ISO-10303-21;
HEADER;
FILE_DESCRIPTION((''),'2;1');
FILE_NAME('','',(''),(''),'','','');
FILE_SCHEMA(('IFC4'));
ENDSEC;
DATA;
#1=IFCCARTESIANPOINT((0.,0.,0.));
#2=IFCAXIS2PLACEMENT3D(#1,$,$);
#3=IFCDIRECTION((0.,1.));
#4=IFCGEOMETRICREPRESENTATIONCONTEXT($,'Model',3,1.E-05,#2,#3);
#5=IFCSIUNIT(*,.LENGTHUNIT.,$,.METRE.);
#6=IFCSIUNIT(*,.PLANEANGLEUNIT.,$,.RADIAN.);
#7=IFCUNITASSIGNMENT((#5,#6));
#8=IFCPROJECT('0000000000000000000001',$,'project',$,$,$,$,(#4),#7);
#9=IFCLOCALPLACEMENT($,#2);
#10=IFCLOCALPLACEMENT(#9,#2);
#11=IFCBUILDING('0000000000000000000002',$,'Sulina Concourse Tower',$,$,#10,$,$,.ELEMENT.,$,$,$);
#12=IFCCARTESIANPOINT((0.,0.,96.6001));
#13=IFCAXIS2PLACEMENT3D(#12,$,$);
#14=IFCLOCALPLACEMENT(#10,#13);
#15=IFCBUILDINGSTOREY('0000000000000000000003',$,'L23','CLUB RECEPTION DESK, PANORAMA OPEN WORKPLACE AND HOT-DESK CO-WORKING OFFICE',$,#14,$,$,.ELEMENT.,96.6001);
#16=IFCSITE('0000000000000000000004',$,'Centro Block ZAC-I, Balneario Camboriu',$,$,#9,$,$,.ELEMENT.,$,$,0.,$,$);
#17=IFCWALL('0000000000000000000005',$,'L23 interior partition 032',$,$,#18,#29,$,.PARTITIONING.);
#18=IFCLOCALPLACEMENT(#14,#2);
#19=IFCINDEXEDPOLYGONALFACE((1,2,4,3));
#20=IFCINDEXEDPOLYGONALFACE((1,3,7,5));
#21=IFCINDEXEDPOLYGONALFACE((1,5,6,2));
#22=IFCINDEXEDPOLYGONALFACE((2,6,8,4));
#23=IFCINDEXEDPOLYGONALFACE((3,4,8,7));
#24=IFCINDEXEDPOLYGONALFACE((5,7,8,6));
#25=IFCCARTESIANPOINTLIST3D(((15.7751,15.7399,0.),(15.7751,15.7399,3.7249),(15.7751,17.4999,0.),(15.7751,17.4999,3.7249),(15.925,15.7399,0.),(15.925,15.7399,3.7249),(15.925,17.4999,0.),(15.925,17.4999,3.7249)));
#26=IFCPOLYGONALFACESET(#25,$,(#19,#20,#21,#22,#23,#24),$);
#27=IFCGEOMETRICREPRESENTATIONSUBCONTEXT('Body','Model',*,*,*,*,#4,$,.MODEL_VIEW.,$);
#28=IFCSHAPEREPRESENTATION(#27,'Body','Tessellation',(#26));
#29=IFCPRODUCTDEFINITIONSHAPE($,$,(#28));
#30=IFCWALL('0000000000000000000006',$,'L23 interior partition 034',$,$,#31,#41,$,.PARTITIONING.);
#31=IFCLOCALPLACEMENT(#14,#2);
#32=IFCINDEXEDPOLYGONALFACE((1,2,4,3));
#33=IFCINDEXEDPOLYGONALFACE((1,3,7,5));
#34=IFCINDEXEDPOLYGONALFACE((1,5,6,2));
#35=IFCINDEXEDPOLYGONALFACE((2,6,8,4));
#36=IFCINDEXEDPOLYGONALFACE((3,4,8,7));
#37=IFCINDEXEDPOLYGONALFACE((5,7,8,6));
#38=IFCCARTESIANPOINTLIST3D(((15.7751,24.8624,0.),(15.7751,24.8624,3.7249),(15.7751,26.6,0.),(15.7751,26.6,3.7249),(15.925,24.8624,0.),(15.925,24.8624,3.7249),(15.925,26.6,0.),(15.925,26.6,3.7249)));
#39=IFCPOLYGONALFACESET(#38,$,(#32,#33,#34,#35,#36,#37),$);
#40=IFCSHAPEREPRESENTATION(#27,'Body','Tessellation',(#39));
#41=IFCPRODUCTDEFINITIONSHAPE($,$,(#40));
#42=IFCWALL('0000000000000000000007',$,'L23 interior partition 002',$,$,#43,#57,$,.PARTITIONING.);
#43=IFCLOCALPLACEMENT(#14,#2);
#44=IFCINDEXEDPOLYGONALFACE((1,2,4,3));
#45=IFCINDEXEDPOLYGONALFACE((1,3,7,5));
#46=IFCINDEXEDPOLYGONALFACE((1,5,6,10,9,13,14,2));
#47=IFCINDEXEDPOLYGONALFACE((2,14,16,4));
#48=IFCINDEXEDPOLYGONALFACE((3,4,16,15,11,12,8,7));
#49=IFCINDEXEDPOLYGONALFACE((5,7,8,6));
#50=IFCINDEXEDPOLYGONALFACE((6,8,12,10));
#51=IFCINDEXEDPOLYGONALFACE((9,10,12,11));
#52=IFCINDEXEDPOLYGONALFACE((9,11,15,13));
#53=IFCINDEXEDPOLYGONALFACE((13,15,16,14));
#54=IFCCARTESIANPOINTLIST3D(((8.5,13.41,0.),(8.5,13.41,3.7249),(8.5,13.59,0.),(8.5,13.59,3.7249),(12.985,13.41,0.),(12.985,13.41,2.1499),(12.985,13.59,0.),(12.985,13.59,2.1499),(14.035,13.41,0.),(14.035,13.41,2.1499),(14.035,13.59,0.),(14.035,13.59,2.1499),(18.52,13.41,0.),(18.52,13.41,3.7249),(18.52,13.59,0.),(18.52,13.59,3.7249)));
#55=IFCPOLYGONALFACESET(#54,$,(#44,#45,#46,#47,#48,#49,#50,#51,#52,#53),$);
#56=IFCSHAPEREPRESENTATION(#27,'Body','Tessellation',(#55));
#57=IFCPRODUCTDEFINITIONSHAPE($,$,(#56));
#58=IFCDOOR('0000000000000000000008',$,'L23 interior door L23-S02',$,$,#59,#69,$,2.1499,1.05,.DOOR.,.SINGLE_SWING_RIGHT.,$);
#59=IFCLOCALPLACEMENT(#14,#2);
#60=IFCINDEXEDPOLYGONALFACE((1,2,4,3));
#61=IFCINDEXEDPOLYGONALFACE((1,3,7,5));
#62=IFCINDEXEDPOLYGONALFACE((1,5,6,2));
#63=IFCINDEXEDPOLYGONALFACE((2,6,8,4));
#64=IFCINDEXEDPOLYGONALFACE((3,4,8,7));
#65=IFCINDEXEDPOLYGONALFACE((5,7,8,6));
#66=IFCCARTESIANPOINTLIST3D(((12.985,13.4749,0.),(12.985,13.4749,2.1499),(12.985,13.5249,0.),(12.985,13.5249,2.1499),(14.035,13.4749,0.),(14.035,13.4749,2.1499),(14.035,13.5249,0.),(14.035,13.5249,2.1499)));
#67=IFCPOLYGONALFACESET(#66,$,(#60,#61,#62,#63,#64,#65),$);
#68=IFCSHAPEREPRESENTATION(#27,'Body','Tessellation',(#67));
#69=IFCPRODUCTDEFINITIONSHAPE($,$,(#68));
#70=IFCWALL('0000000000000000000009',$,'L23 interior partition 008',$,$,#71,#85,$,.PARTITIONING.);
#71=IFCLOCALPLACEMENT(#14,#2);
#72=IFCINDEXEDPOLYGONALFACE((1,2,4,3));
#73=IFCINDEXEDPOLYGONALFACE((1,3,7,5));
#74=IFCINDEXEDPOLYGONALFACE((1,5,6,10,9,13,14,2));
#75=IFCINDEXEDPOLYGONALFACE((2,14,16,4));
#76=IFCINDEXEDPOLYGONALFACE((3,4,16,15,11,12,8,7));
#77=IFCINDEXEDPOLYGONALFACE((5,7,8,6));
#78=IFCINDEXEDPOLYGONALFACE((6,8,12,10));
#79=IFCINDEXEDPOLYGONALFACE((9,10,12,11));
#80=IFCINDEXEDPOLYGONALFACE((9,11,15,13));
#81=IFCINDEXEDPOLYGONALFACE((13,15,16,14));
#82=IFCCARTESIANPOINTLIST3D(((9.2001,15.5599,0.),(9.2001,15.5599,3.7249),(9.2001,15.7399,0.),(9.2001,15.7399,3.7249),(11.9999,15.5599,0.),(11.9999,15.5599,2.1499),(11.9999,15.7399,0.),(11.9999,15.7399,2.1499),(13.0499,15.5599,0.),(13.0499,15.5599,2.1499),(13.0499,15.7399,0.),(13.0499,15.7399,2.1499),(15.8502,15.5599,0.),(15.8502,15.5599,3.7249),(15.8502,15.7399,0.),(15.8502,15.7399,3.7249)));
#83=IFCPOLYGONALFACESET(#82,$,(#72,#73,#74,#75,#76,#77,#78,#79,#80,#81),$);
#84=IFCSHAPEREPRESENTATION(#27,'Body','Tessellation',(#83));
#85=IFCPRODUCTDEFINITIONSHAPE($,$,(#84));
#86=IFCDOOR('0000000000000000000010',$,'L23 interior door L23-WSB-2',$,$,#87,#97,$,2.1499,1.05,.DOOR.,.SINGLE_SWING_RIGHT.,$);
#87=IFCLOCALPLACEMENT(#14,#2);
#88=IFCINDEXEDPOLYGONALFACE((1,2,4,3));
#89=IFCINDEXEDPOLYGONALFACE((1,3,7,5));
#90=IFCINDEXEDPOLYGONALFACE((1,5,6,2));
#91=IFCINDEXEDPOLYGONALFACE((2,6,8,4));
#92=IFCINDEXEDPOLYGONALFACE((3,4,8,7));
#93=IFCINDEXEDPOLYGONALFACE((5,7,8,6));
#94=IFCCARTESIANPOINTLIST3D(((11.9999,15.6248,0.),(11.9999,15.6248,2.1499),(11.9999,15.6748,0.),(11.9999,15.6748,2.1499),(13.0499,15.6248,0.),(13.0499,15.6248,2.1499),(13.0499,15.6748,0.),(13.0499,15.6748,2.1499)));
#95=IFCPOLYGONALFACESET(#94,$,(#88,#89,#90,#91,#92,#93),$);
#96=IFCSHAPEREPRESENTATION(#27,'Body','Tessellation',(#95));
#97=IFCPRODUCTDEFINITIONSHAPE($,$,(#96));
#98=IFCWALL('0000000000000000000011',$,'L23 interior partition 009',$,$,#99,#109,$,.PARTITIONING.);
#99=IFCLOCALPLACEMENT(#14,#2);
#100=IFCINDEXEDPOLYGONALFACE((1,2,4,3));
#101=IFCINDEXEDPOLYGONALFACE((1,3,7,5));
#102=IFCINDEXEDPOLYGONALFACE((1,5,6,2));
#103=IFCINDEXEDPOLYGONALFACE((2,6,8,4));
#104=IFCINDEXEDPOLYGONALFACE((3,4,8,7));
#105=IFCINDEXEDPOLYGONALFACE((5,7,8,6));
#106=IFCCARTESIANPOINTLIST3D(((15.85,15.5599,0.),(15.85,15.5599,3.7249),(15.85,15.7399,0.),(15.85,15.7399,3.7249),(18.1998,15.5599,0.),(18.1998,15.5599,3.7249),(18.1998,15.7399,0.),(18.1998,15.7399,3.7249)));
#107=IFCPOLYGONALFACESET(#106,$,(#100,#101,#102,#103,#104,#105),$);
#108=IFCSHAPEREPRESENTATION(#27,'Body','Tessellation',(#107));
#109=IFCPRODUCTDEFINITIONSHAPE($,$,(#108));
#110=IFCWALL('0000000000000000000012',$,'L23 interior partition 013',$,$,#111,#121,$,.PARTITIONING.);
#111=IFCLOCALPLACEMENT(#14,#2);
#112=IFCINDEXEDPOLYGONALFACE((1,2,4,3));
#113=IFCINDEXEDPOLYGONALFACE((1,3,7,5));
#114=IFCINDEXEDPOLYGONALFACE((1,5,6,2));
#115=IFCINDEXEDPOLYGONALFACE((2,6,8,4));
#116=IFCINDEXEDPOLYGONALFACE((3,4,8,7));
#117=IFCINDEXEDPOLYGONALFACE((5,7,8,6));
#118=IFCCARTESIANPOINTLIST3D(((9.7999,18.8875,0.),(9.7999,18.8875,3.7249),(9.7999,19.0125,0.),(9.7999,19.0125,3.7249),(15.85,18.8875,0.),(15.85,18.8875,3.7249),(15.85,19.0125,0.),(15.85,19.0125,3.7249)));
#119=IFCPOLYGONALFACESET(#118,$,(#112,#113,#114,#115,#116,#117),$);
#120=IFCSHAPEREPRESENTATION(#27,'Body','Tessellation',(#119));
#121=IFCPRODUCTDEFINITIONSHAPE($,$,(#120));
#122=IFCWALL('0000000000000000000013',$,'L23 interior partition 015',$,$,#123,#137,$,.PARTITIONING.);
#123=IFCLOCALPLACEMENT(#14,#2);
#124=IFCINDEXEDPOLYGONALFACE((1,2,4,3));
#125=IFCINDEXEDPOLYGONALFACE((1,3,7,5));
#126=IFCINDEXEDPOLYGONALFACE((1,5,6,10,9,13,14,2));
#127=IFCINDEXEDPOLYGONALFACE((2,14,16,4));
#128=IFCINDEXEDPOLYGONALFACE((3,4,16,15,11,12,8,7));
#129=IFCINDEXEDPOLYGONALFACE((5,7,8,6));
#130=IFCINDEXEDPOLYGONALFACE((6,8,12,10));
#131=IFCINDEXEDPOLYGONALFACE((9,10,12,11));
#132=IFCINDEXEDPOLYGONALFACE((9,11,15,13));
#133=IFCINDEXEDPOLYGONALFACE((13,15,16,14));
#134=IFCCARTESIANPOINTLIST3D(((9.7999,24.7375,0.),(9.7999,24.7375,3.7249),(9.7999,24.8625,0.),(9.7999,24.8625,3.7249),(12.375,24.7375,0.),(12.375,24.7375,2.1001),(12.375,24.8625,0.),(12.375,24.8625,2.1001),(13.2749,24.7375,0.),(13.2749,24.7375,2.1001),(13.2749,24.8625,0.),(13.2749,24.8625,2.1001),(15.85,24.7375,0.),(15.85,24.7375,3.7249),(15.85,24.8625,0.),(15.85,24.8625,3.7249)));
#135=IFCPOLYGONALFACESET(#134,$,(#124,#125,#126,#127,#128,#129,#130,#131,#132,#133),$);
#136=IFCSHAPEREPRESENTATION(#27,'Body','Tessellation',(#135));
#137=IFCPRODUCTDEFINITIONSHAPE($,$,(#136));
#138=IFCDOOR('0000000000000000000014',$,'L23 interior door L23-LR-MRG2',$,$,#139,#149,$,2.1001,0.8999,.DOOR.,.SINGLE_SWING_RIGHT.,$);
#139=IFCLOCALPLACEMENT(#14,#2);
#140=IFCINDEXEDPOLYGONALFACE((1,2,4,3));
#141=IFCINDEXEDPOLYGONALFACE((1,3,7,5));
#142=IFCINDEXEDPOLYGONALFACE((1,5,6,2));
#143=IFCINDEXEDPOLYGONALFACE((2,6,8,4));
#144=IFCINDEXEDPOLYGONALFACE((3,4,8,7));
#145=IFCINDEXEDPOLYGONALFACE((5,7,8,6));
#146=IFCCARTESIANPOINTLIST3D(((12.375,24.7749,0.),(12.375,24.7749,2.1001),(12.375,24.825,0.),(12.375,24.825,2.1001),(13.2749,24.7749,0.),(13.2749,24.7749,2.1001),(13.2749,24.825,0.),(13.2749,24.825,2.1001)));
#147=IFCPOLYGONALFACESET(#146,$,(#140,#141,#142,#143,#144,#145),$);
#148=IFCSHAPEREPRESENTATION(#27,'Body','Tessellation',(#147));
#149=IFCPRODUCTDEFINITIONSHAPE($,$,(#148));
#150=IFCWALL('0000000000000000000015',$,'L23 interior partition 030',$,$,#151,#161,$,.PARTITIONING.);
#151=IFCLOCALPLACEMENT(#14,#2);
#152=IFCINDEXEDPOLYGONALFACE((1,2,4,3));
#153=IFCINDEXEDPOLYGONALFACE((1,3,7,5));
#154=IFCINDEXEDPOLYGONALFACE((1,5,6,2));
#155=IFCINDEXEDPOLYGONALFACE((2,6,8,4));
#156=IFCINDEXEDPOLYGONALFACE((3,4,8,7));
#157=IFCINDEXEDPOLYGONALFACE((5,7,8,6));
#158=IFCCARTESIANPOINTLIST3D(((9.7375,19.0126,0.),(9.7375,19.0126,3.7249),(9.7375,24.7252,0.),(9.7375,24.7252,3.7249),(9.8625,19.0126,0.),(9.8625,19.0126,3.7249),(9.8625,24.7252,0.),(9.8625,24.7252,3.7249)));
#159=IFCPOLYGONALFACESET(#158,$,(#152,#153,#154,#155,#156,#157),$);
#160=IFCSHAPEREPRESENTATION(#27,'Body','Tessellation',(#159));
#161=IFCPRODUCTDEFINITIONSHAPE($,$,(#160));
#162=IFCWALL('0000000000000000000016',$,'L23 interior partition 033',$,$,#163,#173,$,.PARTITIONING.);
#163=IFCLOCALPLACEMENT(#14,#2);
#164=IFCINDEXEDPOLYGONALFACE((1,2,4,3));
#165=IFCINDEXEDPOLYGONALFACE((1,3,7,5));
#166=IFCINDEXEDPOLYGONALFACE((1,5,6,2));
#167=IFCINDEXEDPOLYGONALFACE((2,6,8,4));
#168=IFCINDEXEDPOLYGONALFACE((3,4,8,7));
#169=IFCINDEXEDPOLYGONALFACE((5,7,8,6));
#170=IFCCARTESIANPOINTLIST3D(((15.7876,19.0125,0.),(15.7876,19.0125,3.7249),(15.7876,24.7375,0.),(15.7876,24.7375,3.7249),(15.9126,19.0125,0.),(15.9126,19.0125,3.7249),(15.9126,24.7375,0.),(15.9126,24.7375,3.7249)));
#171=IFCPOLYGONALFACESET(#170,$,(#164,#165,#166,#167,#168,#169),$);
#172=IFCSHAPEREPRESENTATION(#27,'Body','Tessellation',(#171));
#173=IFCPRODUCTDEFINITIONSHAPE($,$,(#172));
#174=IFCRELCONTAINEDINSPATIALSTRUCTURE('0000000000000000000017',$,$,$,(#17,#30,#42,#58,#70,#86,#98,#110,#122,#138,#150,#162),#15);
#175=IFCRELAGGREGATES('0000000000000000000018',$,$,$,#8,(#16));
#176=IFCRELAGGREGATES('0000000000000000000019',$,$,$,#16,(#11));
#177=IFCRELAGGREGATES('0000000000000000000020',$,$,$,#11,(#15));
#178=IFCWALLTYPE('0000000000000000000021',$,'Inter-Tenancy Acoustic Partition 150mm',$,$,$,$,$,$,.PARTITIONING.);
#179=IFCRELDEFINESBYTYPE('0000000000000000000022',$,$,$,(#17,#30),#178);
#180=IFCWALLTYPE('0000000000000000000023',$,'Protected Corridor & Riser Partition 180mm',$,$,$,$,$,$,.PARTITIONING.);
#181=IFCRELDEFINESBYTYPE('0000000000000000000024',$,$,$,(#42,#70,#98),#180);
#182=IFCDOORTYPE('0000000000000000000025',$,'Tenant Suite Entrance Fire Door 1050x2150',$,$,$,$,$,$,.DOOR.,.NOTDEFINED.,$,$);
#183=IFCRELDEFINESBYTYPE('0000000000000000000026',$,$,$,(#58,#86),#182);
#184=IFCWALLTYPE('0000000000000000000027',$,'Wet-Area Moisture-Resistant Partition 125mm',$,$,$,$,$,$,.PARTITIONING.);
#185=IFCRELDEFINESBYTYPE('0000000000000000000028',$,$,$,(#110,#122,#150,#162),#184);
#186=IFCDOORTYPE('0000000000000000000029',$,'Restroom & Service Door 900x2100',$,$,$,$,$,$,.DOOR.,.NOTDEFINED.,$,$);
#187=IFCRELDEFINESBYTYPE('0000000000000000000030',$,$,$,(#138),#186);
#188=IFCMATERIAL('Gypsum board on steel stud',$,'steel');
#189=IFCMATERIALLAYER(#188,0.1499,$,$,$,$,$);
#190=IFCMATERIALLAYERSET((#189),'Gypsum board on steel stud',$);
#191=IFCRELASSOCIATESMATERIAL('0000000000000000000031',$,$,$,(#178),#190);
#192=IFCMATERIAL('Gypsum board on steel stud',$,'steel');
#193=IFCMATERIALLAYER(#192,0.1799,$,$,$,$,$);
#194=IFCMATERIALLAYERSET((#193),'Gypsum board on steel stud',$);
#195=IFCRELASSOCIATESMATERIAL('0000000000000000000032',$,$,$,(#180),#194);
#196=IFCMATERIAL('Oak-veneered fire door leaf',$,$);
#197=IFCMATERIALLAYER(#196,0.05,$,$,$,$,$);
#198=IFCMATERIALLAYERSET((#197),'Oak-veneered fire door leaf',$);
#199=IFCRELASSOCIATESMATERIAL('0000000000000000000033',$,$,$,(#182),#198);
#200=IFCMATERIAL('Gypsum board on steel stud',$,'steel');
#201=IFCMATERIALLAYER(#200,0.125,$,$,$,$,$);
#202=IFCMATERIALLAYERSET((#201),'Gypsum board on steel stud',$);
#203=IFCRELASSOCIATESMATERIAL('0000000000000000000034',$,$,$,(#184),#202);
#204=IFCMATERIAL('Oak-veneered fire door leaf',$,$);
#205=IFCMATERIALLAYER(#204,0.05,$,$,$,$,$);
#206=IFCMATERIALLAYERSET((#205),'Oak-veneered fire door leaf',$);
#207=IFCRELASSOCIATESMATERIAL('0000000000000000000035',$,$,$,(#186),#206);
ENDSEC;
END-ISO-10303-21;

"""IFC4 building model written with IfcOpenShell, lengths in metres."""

from ifc_helpers import new_model, si_unit, direction, frame, frame_2d, origin, place, context, subcontext, project, spatial, rectangle, extrude, material, layer, layer_set, type_object, element, fill, save


model = new_model("IFC4")

# Units and contexts
model_context = context("Model", 3, precision=1e-05, world=origin(), true_north=direction((0.0, 1.0)))
body_context = subcontext(model_context, "Body", "Model", "MODEL_VIEW")
ifc_project = project(units=[si_unit("LENGTHUNIT", "METRE"), si_unit("PLANEANGLEUNIT", "RADIAN")], contexts=[model_context])

# Site, building, storey
site_placement = place(None, origin())
site = spatial("IfcSite", under=ifc_project, at=site_placement, Name="Centro Block ZAC-I, Balneario Camboriu", CompositionType="ELEMENT", RefElevation=0.0)
building_placement = place(site_placement, origin())
building = spatial("IfcBuilding", under=site, at=building_placement, Name="Sulina Concourse Tower", CompositionType="ELEMENT")
storey_placement = place(building_placement, frame((0.0, 0.0, 96.6001)))
storey = spatial("IfcBuildingStorey", under=building, at=storey_placement, Name="L23", Description="CLUB RECEPTION DESK, PANORAMA OPEN WORKPLACE AND HOT-DESK CO-WORKING OFFICE", CompositionType="ELEMENT", Elevation=96.6001)

# Walls
ifc_material_1 = material(Name="Gypsum board on steel stud", Category="steel")
ifc_layer_1 = layer(ifc_material_1, 0.1499)
ifc_layer_set_1 = layer_set([ifc_layer_1], Name="Gypsum board on steel stud")
wall_type_1 = type_object("IfcWallType", Name="Inter-Tenancy Acoustic Partition 150mm", PredefinedType="PARTITIONING", material=ifc_layer_set_1)
wall_1_placement = place(storey_placement, frame((15.8501, 15.74, 0.0), z_axis=(0.0, 0.0, 1.0), x_axis=(0.0, 1.0, 0.0)))
element("IfcWall", 1, at=wall_1_placement, inside=storey, type_object=wall_type_1, Name="L23 interior partition 032", PredefinedType="PARTITIONING", context=body_context, shape_type="SweptSolid", body=[
    extrude(rectangle(XDim=1.76, YDim=0.1499, at=frame_2d((0.8799, 0.0))), origin(), (0.0, 0.0, 1.0), 3.7249),
])
wall_2_placement = place(storey_placement, frame((15.8501, 24.8625, 0.0), z_axis=(0.0, 0.0, 1.0), x_axis=(0.0, 1.0, 0.0)))
element("IfcWall", 2, at=wall_2_placement, inside=storey, type_object=wall_type_1, Name="L23 interior partition 034", PredefinedType="PARTITIONING", context=body_context, shape_type="SweptSolid", body=[
    extrude(rectangle(XDim=1.7375, YDim=0.1499, at=frame_2d((0.8687, 0.0))), origin(), (0.0, 0.0, 1.0), 3.7249),
])

# Walls, openings, doors
ifc_material_2 = material(Name="Gypsum board on steel stud", Category="steel")
ifc_layer_2 = layer(ifc_material_2, 0.1799)
ifc_layer_set_2 = layer_set([ifc_layer_2], Name="Gypsum board on steel stud")
wall_type_2 = type_object("IfcWallType", Name="Protected Corridor & Riser Partition 180mm", PredefinedType="PARTITIONING", material=ifc_layer_set_2)
wall_3_placement = place(storey_placement, frame((8.5, 13.5, 0.0), z_axis=(0.0, 0.0, 1.0), x_axis=(1.0, 0.0, 0.0)))
wall_3 = element("IfcWall", 3, at=wall_3_placement, inside=storey, type_object=wall_type_2, Name="L23 interior partition 002", PredefinedType="PARTITIONING", context=body_context, shape_type="SweptSolid", body=[
    extrude(rectangle(XDim=10.02, YDim=0.1799, at=frame_2d((5.01, 0.0))), origin(), (0.0, 0.0, 1.0), 3.7249),
])
opening_1_placement = place(wall_3_placement, frame((4.4851, 0.0, 0.0)))
opening_1 = element("IfcOpeningElement", 4, at=opening_1_placement, cuts=wall_3, PredefinedType="OPENING", context=body_context, shape_type="SweptSolid", body=[
    extrude(rectangle(XDim=1.05, YDim=2.1499, at=frame_2d((0.5249, 1.075))), frame((0.0, 0.0999, 0.0), z_axis=(0.0, -1.0, 0.0), x_axis=(1.0, 0.0, 0.0)), (0.0, 0.0, 1.0), 0.2),
])
ifc_material_3 = material(Name="Oak-veneered fire door leaf")
ifc_layer_3 = layer(ifc_material_3, 0.05)
ifc_layer_set_3 = layer_set([ifc_layer_3], Name="Oak-veneered fire door leaf")
door_type_1 = type_object("IfcDoorType", Name="Tenant Suite Entrance Fire Door 1050x2150", OperationType="NOTDEFINED", PredefinedType="DOOR", material=ifc_layer_set_3)
door_1_placement = place(opening_1_placement, origin())
door_1 = element("IfcDoor", 5, at=door_1_placement, inside=storey, type_object=door_type_1, Name="L23 interior door L23-S02", OperationType="SINGLE_SWING_RIGHT", OverallHeight=2.1499, OverallWidth=1.05, PredefinedType="DOOR", context=body_context, shape_type="SweptSolid", body=[
    extrude(rectangle(XDim=1.05, YDim=2.1499, at=frame_2d((0.5249, 1.075))), frame((0.0, 0.0249, 0.0), z_axis=(0.0, -1.0, 0.0), x_axis=(1.0, 0.0, 0.0)), (0.0, 0.0, 1.0), 0.05),
])
fill(opening_1, door_1)
wall_4_placement = place(storey_placement, frame((9.2, 15.6499, 0.0), z_axis=(0.0, 0.0, 1.0), x_axis=(1.0, 0.0, 0.0)))
wall_4 = element("IfcWall", 6, at=wall_4_placement, inside=storey, type_object=wall_type_2, Name="L23 interior partition 008", PredefinedType="PARTITIONING", context=body_context, shape_type="SweptSolid", body=[
    extrude(rectangle(XDim=6.6501, YDim=0.1799, at=frame_2d((3.3252, 0.0))), origin(), (0.0, 0.0, 1.0), 3.7249),
])
opening_2_placement = place(wall_4_placement, frame((2.8, 0.0, 0.0)))
opening_2 = element("IfcOpeningElement", 7, at=opening_2_placement, cuts=wall_4, PredefinedType="OPENING", context=body_context, shape_type="SweptSolid", body=[
    extrude(rectangle(XDim=1.05, YDim=2.1499, at=frame_2d((0.5249, 1.075))), frame((0.0, 0.0999, 0.0), z_axis=(0.0, -1.0, 0.0), x_axis=(1.0, 0.0, 0.0)), (0.0, 0.0, 1.0), 0.2),
])
door_2_placement = place(opening_2_placement, origin())
door_2 = element("IfcDoor", 8, at=door_2_placement, inside=storey, type_object=door_type_1, Name="L23 interior door L23-WSB-2", OperationType="SINGLE_SWING_RIGHT", OverallHeight=2.1499, OverallWidth=1.05, PredefinedType="DOOR", context=body_context, shape_type="SweptSolid", body=[
    extrude(rectangle(XDim=1.05, YDim=2.1499, at=frame_2d((0.5249, 1.075))), frame((0.0, 0.0249, 0.0), z_axis=(0.0, -1.0, 0.0), x_axis=(1.0, 0.0, 0.0)), (0.0, 0.0, 1.0), 0.05),
])
fill(opening_2, door_2)

# Walls
wall_5_placement = place(storey_placement, frame((15.8501, 15.6499, 0.0), z_axis=(0.0, 0.0, 1.0), x_axis=(1.0, 0.0, 0.0)))
element("IfcWall", 9, at=wall_5_placement, inside=storey, type_object=wall_type_2, Name="L23 interior partition 009", PredefinedType="PARTITIONING", context=body_context, shape_type="SweptSolid", body=[
    extrude(rectangle(XDim=2.3499, YDim=0.1799, at=frame_2d((1.1748, 0.0))), origin(), (0.0, 0.0, 1.0), 3.7249),
])
ifc_material_4 = material(Name="Gypsum board on steel stud", Category="steel")
ifc_layer_4 = layer(ifc_material_4, 0.125)
ifc_layer_set_4 = layer_set([ifc_layer_4], Name="Gypsum board on steel stud")
wall_type_3 = type_object("IfcWallType", Name="Wet-Area Moisture-Resistant Partition 125mm", PredefinedType="PARTITIONING", material=ifc_layer_set_4)
wall_6_placement = place(storey_placement, frame((9.8, 18.95, 0.0), z_axis=(0.0, 0.0, 1.0), x_axis=(1.0, 0.0, 0.0)))
element("IfcWall", 10, at=wall_6_placement, inside=storey, type_object=wall_type_3, Name="L23 interior partition 013", PredefinedType="PARTITIONING", context=body_context, shape_type="SweptSolid", body=[
    extrude(rectangle(XDim=6.05, YDim=0.125, at=frame_2d((3.0249, 0.0))), origin(), (0.0, 0.0, 1.0), 3.7249),
])

# Wall, opening, door
wall_7_placement = place(storey_placement, frame((9.8, 24.8, 0.0), z_axis=(0.0, 0.0, 1.0), x_axis=(1.0, 0.0, 0.0)))
wall_7 = element("IfcWall", 11, at=wall_7_placement, inside=storey, type_object=wall_type_3, Name="L23 interior partition 015", PredefinedType="PARTITIONING", context=body_context, shape_type="SweptSolid", body=[
    extrude(rectangle(XDim=6.05, YDim=0.125, at=frame_2d((3.0249, 0.0))), origin(), (0.0, 0.0, 1.0), 3.7249),
])
opening_3_placement = place(wall_7_placement, frame((2.575, 0.0, 0.0)))
opening_3 = element("IfcOpeningElement", 12, at=opening_3_placement, cuts=wall_7, PredefinedType="OPENING", context=body_context, shape_type="SweptSolid", body=[
    extrude(rectangle(XDim=0.8999, YDim=2.1001, at=frame_2d((0.45, 1.05))), frame((0.0, 0.0725, 0.0), z_axis=(0.0, -1.0, 0.0), x_axis=(1.0, 0.0, 0.0)), (0.0, 0.0, 1.0), 0.145),
])
ifc_material_5 = material(Name="Oak-veneered fire door leaf")
ifc_layer_5 = layer(ifc_material_5, 0.05)
ifc_layer_set_5 = layer_set([ifc_layer_5], Name="Oak-veneered fire door leaf")
door_type_2 = type_object("IfcDoorType", Name="Restroom & Service Door 900x2100", OperationType="NOTDEFINED", PredefinedType="DOOR", material=ifc_layer_set_5)
door_3_placement = place(opening_3_placement, origin())
door_3 = element("IfcDoor", 13, at=door_3_placement, inside=storey, type_object=door_type_2, Name="L23 interior door L23-LR-MRG2", OperationType="SINGLE_SWING_RIGHT", OverallHeight=2.1001, OverallWidth=0.8999, PredefinedType="DOOR", context=body_context, shape_type="SweptSolid", body=[
    extrude(rectangle(XDim=0.8999, YDim=2.1001, at=frame_2d((0.45, 1.05))), frame((0.0, 0.0249, 0.0), z_axis=(0.0, -1.0, 0.0), x_axis=(1.0, 0.0, 0.0)), (0.0, 0.0, 1.0), 0.05),
])
fill(opening_3, door_3)

# Walls
wall_8_placement = place(storey_placement, frame((9.8, 19.0125, 0.0), z_axis=(0.0, 0.0, 1.0), x_axis=(0.0, 1.0, 0.0)))
element("IfcWall", 14, at=wall_8_placement, inside=storey, type_object=wall_type_3, Name="L23 interior partition 030", PredefinedType="PARTITIONING", context=body_context, shape_type="SweptSolid", body=[
    extrude(rectangle(XDim=5.7126, YDim=0.125, at=frame_2d((2.8564, 0.0))), origin(), (0.0, 0.0, 1.0), 3.7249),
])
wall_9_placement = place(storey_placement, frame((15.8501, 19.0125, 0.0), z_axis=(0.0, 0.0, 1.0), x_axis=(0.0, 1.0, 0.0)))
element("IfcWall", 15, at=wall_9_placement, inside=storey, type_object=wall_type_3, Name="L23 interior partition 033", PredefinedType="PARTITIONING", context=body_context, shape_type="SweptSolid", body=[
    extrude(rectangle(XDim=5.7251, YDim=0.125, at=frame_2d((2.8625, 0.0))), origin(), (0.0, 0.0, 1.0), 3.7249),
])

save(model, "model.ifc")
